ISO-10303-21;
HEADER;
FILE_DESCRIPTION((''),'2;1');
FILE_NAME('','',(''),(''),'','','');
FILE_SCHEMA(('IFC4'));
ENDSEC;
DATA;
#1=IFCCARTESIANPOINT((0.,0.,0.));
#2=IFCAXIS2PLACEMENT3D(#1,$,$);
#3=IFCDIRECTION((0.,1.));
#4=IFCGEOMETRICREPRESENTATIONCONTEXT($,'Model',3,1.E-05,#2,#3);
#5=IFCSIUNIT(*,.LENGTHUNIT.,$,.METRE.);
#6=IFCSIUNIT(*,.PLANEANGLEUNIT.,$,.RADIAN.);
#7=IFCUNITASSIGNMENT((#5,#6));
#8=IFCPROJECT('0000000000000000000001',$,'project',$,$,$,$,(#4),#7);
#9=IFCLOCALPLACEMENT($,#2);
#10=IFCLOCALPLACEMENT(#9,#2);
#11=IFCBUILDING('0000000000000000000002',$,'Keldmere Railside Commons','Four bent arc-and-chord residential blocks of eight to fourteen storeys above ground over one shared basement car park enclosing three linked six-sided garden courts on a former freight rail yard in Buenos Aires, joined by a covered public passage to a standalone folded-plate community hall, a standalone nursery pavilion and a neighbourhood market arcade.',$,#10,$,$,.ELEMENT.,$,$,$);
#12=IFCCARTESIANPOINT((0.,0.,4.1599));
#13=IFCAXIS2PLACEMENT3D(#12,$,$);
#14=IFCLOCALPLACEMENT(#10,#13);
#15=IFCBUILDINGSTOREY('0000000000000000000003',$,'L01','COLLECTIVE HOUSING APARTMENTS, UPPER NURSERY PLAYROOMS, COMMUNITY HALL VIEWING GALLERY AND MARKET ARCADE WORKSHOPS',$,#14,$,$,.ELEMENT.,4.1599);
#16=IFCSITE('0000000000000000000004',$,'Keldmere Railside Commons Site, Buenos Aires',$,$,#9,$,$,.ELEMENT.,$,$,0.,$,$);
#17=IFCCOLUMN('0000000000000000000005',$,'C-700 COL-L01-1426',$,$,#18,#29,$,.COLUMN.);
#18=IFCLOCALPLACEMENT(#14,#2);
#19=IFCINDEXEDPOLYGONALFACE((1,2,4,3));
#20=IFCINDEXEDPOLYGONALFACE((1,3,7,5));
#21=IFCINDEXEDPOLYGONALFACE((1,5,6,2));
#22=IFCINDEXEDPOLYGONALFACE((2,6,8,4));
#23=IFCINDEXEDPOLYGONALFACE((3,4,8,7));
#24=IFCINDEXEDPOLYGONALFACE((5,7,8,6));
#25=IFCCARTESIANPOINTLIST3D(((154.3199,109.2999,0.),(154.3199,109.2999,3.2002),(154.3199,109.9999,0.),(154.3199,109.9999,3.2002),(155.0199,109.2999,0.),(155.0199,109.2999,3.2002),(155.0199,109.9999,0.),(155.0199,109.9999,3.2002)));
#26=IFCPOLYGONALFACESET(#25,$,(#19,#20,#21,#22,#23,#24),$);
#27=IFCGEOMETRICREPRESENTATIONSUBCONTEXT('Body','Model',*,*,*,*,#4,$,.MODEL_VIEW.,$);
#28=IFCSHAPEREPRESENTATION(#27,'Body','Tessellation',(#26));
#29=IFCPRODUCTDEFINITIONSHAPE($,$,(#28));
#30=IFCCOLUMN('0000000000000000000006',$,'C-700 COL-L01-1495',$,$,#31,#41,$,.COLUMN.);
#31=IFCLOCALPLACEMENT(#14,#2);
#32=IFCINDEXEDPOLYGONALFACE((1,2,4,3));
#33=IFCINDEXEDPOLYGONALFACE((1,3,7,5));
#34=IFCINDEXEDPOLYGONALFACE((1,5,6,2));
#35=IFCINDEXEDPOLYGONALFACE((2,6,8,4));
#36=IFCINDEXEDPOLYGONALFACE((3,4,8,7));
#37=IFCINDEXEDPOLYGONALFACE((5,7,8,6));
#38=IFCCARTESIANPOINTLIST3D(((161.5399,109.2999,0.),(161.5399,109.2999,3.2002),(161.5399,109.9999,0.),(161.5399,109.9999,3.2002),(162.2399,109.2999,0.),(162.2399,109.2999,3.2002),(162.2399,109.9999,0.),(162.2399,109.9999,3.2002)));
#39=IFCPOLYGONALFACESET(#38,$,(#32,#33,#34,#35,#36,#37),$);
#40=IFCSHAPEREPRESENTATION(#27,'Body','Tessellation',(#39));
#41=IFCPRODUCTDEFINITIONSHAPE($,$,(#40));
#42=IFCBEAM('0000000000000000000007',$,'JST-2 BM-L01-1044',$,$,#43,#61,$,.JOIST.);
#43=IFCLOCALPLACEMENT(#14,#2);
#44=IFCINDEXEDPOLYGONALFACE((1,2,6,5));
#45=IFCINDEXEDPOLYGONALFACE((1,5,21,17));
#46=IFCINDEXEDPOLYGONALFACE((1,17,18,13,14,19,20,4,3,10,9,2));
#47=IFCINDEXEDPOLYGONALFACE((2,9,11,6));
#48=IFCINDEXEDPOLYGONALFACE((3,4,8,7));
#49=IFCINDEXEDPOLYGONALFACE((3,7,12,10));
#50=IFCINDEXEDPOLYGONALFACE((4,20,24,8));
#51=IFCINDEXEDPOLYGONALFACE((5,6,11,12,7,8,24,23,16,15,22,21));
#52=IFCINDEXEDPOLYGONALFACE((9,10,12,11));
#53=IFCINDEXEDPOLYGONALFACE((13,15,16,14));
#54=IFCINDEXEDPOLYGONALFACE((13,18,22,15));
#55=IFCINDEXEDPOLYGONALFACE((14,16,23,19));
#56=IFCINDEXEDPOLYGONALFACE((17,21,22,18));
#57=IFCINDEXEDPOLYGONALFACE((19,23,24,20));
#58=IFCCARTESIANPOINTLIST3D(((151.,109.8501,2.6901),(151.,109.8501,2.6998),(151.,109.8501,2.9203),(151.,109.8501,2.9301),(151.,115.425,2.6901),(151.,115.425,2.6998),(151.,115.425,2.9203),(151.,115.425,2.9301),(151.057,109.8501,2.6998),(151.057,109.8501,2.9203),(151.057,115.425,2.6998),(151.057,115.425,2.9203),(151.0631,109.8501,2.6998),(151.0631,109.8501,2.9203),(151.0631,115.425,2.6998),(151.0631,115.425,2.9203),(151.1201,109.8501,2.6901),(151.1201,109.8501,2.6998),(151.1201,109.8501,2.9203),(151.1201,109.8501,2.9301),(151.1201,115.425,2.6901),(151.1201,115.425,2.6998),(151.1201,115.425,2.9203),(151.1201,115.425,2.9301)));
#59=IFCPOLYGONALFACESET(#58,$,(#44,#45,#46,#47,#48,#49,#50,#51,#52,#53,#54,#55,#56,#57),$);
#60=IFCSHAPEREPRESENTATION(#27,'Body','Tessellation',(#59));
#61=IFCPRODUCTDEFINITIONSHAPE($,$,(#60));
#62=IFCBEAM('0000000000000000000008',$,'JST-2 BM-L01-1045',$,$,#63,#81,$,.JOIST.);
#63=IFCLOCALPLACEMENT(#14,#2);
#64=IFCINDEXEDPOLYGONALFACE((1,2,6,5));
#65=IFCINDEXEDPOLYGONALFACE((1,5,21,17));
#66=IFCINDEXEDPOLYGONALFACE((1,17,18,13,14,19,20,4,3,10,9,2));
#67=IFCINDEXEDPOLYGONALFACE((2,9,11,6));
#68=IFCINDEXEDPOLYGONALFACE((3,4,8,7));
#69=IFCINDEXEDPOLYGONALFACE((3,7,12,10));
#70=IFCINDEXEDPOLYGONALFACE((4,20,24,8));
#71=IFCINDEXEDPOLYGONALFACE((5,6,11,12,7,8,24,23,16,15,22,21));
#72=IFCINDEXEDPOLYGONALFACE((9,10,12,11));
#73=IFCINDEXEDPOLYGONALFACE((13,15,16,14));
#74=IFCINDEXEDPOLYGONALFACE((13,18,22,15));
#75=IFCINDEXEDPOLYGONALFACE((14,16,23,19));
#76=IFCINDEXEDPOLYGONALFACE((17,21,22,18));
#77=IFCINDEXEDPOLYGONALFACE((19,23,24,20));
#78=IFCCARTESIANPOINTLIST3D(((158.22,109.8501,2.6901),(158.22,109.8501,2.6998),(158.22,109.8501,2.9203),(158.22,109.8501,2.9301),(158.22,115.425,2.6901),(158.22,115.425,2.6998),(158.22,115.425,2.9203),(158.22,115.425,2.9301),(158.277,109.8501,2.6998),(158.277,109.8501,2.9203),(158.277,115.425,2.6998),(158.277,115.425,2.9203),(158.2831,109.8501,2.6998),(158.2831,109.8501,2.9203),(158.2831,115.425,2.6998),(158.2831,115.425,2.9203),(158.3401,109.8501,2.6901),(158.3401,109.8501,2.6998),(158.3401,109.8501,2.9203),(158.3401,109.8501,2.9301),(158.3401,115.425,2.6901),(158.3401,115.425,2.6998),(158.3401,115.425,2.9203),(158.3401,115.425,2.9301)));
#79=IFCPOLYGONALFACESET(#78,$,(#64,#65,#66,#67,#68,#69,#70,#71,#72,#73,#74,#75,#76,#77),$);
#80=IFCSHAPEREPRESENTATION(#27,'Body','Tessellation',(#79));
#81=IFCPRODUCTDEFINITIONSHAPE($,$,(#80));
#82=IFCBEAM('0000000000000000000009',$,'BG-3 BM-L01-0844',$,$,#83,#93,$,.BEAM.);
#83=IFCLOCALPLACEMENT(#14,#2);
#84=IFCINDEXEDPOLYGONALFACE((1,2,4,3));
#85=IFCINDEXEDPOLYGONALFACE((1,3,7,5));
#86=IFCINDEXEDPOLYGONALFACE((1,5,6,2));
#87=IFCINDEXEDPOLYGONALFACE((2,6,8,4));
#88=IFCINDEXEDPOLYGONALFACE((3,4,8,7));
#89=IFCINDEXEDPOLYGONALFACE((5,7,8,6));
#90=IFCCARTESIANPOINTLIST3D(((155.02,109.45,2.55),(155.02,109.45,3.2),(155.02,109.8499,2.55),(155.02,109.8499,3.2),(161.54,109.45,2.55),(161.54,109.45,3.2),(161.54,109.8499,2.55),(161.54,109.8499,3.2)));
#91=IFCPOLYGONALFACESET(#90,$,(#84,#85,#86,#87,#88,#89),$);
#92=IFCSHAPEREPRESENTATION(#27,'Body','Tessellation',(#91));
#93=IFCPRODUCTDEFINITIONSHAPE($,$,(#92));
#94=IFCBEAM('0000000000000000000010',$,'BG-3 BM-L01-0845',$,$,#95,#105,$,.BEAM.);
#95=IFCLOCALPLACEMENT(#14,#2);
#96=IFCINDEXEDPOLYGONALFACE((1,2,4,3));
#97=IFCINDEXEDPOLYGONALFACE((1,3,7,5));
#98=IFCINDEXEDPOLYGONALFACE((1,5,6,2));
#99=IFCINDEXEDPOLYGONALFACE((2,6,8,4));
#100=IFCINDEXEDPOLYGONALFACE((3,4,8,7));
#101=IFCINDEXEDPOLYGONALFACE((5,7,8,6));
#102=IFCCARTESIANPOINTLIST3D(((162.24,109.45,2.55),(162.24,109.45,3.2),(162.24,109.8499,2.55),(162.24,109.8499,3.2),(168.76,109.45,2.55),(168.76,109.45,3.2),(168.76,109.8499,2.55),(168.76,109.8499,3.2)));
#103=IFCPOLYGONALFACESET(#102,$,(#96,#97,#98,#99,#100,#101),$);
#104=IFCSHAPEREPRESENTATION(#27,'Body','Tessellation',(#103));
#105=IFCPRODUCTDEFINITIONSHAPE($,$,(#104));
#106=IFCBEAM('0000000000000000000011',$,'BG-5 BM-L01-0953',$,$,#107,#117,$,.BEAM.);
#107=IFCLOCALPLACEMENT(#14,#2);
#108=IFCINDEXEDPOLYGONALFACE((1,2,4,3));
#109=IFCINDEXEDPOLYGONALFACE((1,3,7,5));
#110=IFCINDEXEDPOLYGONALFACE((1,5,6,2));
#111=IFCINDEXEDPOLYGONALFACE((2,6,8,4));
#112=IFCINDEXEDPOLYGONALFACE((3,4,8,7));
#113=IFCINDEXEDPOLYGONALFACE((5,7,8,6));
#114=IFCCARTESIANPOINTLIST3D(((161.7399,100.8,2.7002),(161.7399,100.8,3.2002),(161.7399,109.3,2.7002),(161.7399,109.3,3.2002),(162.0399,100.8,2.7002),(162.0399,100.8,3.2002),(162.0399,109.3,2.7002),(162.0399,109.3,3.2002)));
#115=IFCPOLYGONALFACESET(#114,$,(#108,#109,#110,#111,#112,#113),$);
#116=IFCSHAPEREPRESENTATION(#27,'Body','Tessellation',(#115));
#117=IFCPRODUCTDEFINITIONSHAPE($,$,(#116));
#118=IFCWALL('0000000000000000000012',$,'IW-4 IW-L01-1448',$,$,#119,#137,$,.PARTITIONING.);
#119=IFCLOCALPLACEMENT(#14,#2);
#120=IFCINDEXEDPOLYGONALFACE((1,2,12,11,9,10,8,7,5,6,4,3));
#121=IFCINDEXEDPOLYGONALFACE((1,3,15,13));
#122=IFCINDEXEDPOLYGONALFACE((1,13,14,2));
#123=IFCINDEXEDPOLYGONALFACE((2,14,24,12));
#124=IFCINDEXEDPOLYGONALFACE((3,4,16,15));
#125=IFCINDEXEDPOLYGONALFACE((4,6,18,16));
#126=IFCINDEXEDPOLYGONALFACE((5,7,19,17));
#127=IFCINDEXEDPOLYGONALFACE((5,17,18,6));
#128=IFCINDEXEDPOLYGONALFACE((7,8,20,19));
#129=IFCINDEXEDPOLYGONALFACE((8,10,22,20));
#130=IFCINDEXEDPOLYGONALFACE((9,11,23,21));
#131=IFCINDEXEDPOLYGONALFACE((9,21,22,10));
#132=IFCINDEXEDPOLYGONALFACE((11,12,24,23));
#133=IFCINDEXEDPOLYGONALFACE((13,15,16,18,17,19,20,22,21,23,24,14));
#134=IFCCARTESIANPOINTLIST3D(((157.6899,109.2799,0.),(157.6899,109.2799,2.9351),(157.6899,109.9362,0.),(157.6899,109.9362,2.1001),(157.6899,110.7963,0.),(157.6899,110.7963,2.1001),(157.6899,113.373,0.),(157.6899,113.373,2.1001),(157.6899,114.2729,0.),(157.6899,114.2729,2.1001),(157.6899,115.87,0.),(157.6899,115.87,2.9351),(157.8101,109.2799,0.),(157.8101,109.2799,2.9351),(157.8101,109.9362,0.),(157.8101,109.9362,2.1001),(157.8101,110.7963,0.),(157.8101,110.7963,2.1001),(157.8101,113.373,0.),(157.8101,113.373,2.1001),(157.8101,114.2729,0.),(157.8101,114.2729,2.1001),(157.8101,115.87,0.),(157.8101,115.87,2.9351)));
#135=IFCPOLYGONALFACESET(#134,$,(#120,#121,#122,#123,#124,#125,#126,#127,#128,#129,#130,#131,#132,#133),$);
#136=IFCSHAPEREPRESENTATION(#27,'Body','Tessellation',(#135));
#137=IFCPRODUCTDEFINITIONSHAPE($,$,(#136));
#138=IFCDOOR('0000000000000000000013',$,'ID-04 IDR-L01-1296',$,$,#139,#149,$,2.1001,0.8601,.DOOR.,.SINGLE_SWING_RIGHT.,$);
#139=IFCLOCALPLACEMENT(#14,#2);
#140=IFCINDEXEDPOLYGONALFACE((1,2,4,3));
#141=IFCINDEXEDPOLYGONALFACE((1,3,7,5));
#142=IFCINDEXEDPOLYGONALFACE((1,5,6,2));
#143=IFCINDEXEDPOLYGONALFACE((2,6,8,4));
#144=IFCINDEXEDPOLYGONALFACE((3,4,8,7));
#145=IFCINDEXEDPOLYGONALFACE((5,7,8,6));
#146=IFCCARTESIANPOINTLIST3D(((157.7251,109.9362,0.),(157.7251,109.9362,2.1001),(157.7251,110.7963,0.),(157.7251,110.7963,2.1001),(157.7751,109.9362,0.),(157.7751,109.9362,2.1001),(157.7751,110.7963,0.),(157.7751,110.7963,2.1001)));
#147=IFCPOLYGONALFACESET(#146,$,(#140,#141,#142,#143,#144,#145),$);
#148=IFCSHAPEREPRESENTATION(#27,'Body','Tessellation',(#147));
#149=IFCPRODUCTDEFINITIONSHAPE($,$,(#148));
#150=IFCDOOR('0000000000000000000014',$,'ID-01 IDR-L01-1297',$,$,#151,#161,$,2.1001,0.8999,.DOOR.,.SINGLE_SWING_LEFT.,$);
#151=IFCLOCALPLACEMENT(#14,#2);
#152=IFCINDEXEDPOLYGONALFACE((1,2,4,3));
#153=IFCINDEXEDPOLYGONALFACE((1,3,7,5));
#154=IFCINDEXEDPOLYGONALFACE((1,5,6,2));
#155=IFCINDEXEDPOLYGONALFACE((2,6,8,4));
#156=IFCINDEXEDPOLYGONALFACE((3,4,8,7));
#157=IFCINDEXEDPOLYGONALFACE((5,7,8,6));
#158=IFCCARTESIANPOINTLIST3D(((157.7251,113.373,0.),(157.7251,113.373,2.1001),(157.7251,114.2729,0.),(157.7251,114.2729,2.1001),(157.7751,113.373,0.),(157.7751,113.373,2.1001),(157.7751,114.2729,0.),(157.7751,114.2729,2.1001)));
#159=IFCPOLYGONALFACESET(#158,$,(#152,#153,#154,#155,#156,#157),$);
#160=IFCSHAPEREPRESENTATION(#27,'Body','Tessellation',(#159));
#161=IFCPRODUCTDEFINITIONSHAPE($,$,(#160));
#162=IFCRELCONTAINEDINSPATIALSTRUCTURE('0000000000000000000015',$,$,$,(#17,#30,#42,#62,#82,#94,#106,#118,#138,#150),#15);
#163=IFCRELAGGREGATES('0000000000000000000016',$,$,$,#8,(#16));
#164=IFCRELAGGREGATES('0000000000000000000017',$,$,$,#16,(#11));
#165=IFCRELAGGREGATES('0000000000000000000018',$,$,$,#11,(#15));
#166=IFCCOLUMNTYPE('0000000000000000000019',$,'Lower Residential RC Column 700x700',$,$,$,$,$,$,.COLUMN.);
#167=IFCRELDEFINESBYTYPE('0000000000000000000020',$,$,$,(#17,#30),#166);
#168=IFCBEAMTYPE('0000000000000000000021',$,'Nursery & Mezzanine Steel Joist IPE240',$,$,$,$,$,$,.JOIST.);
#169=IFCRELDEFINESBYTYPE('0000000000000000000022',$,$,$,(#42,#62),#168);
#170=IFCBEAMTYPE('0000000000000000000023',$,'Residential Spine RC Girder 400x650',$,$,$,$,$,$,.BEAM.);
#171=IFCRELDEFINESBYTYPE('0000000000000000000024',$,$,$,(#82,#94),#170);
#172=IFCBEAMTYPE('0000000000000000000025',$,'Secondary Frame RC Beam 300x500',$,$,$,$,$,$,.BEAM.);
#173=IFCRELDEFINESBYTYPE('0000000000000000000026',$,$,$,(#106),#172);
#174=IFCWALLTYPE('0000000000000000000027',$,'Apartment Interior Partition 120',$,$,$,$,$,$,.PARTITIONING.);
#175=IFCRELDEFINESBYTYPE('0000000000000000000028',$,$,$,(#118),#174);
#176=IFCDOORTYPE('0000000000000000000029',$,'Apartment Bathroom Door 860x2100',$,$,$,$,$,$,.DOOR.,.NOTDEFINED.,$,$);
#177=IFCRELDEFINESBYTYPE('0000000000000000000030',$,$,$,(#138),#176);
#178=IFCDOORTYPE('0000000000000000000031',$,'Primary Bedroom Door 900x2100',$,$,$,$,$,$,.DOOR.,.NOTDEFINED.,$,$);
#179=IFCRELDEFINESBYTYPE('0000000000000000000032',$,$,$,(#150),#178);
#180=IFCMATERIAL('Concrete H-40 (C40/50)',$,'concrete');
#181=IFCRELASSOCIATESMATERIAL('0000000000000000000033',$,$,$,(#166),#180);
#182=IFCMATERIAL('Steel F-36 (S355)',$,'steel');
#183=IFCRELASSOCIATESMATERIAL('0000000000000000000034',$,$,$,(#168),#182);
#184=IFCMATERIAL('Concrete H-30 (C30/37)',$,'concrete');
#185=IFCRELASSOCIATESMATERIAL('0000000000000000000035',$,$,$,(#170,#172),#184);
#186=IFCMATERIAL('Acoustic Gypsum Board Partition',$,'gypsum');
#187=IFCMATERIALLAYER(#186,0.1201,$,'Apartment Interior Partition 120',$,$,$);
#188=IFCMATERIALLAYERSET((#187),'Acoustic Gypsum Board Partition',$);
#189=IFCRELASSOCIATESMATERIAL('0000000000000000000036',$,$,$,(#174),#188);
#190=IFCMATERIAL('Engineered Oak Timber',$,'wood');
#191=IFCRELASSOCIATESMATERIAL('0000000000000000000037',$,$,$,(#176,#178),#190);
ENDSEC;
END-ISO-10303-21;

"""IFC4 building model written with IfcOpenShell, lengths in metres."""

from ifc_helpers import new_model, si_unit, direction, frame, frame_2d, origin, origin_2d, place, context, subcontext, project, spatial, rectangle, i_section, extrude, material, layer, layer_set, material_profile, profile_set, type_object, element, fill, save


model = new_model("IFC4")

# Units and contexts
model_context = context("Model", 3, precision=1e-05, world=origin(), true_north=direction((0.0, 1.0)))
body_context = subcontext(model_context, "Body", "Model", "MODEL_VIEW")
ifc_project = project(units=[si_unit("LENGTHUNIT", "METRE"), si_unit("PLANEANGLEUNIT", "RADIAN")], contexts=[model_context])

# Site, building, storey
site_placement = place(None, origin())
site = spatial("IfcSite", under=ifc_project, at=site_placement, Name="Keldmere Railside Commons Site, Buenos Aires", CompositionType="ELEMENT", RefElevation=0.0)
building_placement = place(site_placement, origin())
building = spatial("IfcBuilding", under=site, at=building_placement, Name="Keldmere Railside Commons", Description="Four bent arc-and-chord residential blocks of eight to fourteen storeys above ground over one shared basement car park enclosing three linked six-sided garden courts on a former freight rail yard in Buenos Aires, joined by a covered public passage to a standalone folded-plate community hall, a standalone nursery pavilion and a neighbourhood market arcade.", CompositionType="ELEMENT")
storey_placement = place(building_placement, frame((0.0, 0.0, 4.1599)))
storey = spatial("IfcBuildingStorey", under=building, at=storey_placement, Name="L01", Description="COLLECTIVE HOUSING APARTMENTS, UPPER NURSERY PLAYROOMS, COMMUNITY HALL VIEWING GALLERY AND MARKET ARCADE WORKSHOPS", CompositionType="ELEMENT", Elevation=4.1599)

# Columns
ifc_material_1 = material(Name="Concrete H-40 (C40/50)", Category="concrete")
ifc_material_profile_1 = material_profile(ifc_material_1, rectangle(XDim=0.7, YDim=0.7, at=origin_2d()), Name="RC-700x700")
ifc_profile_set_1 = profile_set([ifc_material_profile_1], Name="Concrete H-40 (C40/50)")
column_type = type_object("IfcColumnType", Name="Lower Residential RC Column 700x700", PredefinedType="COLUMN", material=ifc_profile_set_1)
for number, where, z_axis, x_axis, name in (
    (1, (154.6699, 109.6499, 0.0), (0.0, 0.0, 1.0), (1.0, 0.0, 0.0), "C-700 COL-L01-1426"),
    (2, (161.8899, 109.6499, 0.0), (0.0, 0.0, 1.0), (1.0, 0.0, 0.0), "C-700 COL-L01-1495"),
):
    element("IfcColumn", number, at=place(storey_placement, frame(where, z_axis=z_axis, x_axis=x_axis)), inside=storey, type_object=column_type, Name=name, PredefinedType="COLUMN", context=body_context, shape_type="SweptSolid", body=[
        extrude(rectangle(XDim=0.7, YDim=0.7, at=origin_2d()), origin(), (0.0, 0.0, 1.0), 3.2002),
    ])

# Beams
ifc_material_2 = material(Name="Steel F-36 (S355)", Category="steel")
ifc_material_profile_2 = material_profile(ifc_material_2, i_section(OverallWidth=0.1201, OverallDepth=0.24, WebThickness=0.0061, FlangeThickness=0.0098, at=origin_2d()), Name="IPE-240")
ifc_profile_set_2 = profile_set([ifc_material_profile_2], Name="Steel F-36 (S355)")
beam_type_1 = type_object("IfcBeamType", Name="Nursery & Mezzanine Steel Joist IPE240", PredefinedType="JOIST", material=ifc_profile_set_2)
for number, where, z_axis, x_axis, name in (
    (3, (151.0601, 109.8501, 2.8101), (0.0, 1.0, 0.0), (-1.0, 0.0, 0.0), "JST-2 BM-L01-1044"),
    (4, (158.28, 109.8501, 2.8101), (0.0, 1.0, 0.0), (-1.0, 0.0, 0.0), "JST-2 BM-L01-1045"),
):
    element("IfcBeam", number, at=place(storey_placement, frame(where, z_axis=z_axis, x_axis=x_axis)), inside=storey, type_object=beam_type_1, Name=name, PredefinedType="JOIST", context=body_context, shape_type="SweptSolid", body=[
        extrude(i_section(OverallWidth=0.1201, OverallDepth=0.24, WebThickness=0.0061, FlangeThickness=0.0098, at=origin_2d()), origin(), (0.0, 0.0, 1.0), 5.575),
    ])
ifc_material_3 = material(Name="Concrete H-30 (C30/37)", Category="concrete")
ifc_material_profile_3 = material_profile(ifc_material_3, rectangle(XDim=0.3999, YDim=0.6499, at=origin_2d()), Name="RC-400x650")
ifc_profile_set_3 = profile_set([ifc_material_profile_3], Name="Concrete H-30 (C30/37)")
beam_type_2 = type_object("IfcBeamType", Name="Residential Spine RC Girder 400x650", PredefinedType="BEAM", material=ifc_profile_set_3)
for number, where, z_axis, x_axis, name in (
    (5, (155.02, 109.6499, 2.875), (1.0, 0.0, 0.0), (0.0, 1.0, 0.0), "BG-3 BM-L01-0844"),
    (6, (162.24, 109.6499, 2.875), (1.0, 0.0, 0.0), (0.0, 1.0, 0.0), "BG-3 BM-L01-0845"),
):
    element("IfcBeam", number, at=place(storey_placement, frame(where, z_axis=z_axis, x_axis=x_axis)), inside=storey, type_object=beam_type_2, Name=name, PredefinedType="BEAM", context=body_context, shape_type="SweptSolid", body=[
        extrude(rectangle(XDim=0.3999, YDim=0.6499, at=origin_2d()), origin(), (0.0, 0.0, 1.0), 6.52),
    ])
ifc_material_profile_4 = material_profile(ifc_material_3, rectangle(XDim=0.3, YDim=0.5, at=origin_2d()), Name="RC-300x500")
ifc_profile_set_4 = profile_set([ifc_material_profile_4], Name="Concrete H-30 (C30/37)")
beam_type_3 = type_object("IfcBeamType", Name="Secondary Frame RC Beam 300x500", PredefinedType="BEAM", material=ifc_profile_set_4)
beam_placement = place(storey_placement, frame((161.8899, 100.8, 2.9502), z_axis=(0.0, 1.0, 0.0), x_axis=(-1.0, 0.0, 0.0)))
element("IfcBeam", 7, at=beam_placement, inside=storey, type_object=beam_type_3, Name="BG-5 BM-L01-0953", PredefinedType="BEAM", context=body_context, shape_type="SweptSolid", body=[
    extrude(rectangle(XDim=0.3, YDim=0.5, at=origin_2d()), origin(), (0.0, 0.0, 1.0), 8.5),
])

# Wall, openings, doors
ifc_material_4 = material(Name="Acoustic Gypsum Board Partition", Category="gypsum")
ifc_layer_1 = layer(ifc_material_4, 0.1201, Name="Apartment Interior Partition 120")
ifc_layer_set_1 = layer_set([ifc_layer_1], Name="Acoustic Gypsum Board Partition")
wall_type_1 = type_object("IfcWallType", Name="Apartment Interior Partition 120", PredefinedType="PARTITIONING", material=ifc_layer_set_1)
wall_1_placement = place(storey_placement, frame((157.75, 109.28, 0.0), z_axis=(0.0, 0.0, 1.0), x_axis=(0.0, 1.0, 0.0)))
wall_1 = element("IfcWall", 8, at=wall_1_placement, inside=storey, type_object=wall_type_1, Name="IW-4 IW-L01-1448", PredefinedType="PARTITIONING", context=body_context, shape_type="SweptSolid", body=[
    extrude(rectangle(XDim=6.5901, YDim=0.1201, at=frame_2d((3.2949, 0.0))), origin(), (0.0, 0.0, 1.0), 2.9351),
])
opening_1_placement = place(wall_1_placement, frame((0.656, 0.0, 0.0)))
opening_1 = element("IfcOpeningElement", 9, at=opening_1_placement, cuts=wall_1, PredefinedType="OPENING", context=body_context, shape_type="SweptSolid", body=[
    extrude(rectangle(XDim=0.8601, YDim=2.1001, at=frame_2d((0.4302, 1.05))), frame((0.0, 0.0701, 0.0), z_axis=(0.0, -1.0, 0.0), x_axis=(1.0, 0.0, 0.0)), (0.0, 0.0, 1.0), 0.1401),
])
opening_2_placement = place(wall_1_placement, frame((4.093, 0.0, 0.0)))
opening_2 = element("IfcOpeningElement", 10, at=opening_2_placement, cuts=wall_1, PredefinedType="OPENING", context=body_context, shape_type="SweptSolid", body=[
    extrude(rectangle(XDim=0.8999, YDim=2.1001, at=frame_2d((0.45, 1.05))), frame((0.0, 0.0701, 0.0), z_axis=(0.0, -1.0, 0.0), x_axis=(1.0, 0.0, 0.0)), (0.0, 0.0, 1.0), 0.1401),
])
ifc_material_5 = material(Name="Engineered Oak Timber", Category="wood")
door_type_1 = type_object("IfcDoorType", Name="Apartment Bathroom Door 860x2100", OperationType="NOTDEFINED", PredefinedType="DOOR", material=ifc_material_5)
door_1_placement = place(opening_1_placement, origin())
door_1 = element("IfcDoor", 11, at=door_1_placement, inside=storey, type_object=door_type_1, Name="ID-04 IDR-L01-1296", OperationType="SINGLE_SWING_RIGHT", OverallHeight=2.1001, OverallWidth=0.8601, PredefinedType="DOOR", context=body_context, shape_type="SweptSolid", body=[
    extrude(rectangle(XDim=0.8601, YDim=2.1001, at=frame_2d((0.4302, 1.05))), frame((0.0, 0.0249, 0.0), z_axis=(0.0, -1.0, 0.0), x_axis=(1.0, 0.0, 0.0)), (0.0, 0.0, 1.0), 0.05),
])
fill(opening_1, door_1)
door_type_2 = type_object("IfcDoorType", Name="Primary Bedroom Door 900x2100", OperationType="NOTDEFINED", PredefinedType="DOOR", material=ifc_material_5)
door_2_placement = place(opening_2_placement, origin())
door_2 = element("IfcDoor", 12, at=door_2_placement, inside=storey, type_object=door_type_2, Name="ID-01 IDR-L01-1297", OperationType="SINGLE_SWING_LEFT", OverallHeight=2.1001, OverallWidth=0.8999, PredefinedType="DOOR", context=body_context, shape_type="SweptSolid", body=[
    extrude(rectangle(XDim=0.8999, YDim=2.1001, at=frame_2d((0.45, 1.05))), frame((0.0, 0.0249, 0.0), z_axis=(0.0, -1.0, 0.0), x_axis=(1.0, 0.0, 0.0)), (0.0, 0.0, 1.0), 0.05),
])
fill(opening_2, door_2)

save(model, "model.ifc")
